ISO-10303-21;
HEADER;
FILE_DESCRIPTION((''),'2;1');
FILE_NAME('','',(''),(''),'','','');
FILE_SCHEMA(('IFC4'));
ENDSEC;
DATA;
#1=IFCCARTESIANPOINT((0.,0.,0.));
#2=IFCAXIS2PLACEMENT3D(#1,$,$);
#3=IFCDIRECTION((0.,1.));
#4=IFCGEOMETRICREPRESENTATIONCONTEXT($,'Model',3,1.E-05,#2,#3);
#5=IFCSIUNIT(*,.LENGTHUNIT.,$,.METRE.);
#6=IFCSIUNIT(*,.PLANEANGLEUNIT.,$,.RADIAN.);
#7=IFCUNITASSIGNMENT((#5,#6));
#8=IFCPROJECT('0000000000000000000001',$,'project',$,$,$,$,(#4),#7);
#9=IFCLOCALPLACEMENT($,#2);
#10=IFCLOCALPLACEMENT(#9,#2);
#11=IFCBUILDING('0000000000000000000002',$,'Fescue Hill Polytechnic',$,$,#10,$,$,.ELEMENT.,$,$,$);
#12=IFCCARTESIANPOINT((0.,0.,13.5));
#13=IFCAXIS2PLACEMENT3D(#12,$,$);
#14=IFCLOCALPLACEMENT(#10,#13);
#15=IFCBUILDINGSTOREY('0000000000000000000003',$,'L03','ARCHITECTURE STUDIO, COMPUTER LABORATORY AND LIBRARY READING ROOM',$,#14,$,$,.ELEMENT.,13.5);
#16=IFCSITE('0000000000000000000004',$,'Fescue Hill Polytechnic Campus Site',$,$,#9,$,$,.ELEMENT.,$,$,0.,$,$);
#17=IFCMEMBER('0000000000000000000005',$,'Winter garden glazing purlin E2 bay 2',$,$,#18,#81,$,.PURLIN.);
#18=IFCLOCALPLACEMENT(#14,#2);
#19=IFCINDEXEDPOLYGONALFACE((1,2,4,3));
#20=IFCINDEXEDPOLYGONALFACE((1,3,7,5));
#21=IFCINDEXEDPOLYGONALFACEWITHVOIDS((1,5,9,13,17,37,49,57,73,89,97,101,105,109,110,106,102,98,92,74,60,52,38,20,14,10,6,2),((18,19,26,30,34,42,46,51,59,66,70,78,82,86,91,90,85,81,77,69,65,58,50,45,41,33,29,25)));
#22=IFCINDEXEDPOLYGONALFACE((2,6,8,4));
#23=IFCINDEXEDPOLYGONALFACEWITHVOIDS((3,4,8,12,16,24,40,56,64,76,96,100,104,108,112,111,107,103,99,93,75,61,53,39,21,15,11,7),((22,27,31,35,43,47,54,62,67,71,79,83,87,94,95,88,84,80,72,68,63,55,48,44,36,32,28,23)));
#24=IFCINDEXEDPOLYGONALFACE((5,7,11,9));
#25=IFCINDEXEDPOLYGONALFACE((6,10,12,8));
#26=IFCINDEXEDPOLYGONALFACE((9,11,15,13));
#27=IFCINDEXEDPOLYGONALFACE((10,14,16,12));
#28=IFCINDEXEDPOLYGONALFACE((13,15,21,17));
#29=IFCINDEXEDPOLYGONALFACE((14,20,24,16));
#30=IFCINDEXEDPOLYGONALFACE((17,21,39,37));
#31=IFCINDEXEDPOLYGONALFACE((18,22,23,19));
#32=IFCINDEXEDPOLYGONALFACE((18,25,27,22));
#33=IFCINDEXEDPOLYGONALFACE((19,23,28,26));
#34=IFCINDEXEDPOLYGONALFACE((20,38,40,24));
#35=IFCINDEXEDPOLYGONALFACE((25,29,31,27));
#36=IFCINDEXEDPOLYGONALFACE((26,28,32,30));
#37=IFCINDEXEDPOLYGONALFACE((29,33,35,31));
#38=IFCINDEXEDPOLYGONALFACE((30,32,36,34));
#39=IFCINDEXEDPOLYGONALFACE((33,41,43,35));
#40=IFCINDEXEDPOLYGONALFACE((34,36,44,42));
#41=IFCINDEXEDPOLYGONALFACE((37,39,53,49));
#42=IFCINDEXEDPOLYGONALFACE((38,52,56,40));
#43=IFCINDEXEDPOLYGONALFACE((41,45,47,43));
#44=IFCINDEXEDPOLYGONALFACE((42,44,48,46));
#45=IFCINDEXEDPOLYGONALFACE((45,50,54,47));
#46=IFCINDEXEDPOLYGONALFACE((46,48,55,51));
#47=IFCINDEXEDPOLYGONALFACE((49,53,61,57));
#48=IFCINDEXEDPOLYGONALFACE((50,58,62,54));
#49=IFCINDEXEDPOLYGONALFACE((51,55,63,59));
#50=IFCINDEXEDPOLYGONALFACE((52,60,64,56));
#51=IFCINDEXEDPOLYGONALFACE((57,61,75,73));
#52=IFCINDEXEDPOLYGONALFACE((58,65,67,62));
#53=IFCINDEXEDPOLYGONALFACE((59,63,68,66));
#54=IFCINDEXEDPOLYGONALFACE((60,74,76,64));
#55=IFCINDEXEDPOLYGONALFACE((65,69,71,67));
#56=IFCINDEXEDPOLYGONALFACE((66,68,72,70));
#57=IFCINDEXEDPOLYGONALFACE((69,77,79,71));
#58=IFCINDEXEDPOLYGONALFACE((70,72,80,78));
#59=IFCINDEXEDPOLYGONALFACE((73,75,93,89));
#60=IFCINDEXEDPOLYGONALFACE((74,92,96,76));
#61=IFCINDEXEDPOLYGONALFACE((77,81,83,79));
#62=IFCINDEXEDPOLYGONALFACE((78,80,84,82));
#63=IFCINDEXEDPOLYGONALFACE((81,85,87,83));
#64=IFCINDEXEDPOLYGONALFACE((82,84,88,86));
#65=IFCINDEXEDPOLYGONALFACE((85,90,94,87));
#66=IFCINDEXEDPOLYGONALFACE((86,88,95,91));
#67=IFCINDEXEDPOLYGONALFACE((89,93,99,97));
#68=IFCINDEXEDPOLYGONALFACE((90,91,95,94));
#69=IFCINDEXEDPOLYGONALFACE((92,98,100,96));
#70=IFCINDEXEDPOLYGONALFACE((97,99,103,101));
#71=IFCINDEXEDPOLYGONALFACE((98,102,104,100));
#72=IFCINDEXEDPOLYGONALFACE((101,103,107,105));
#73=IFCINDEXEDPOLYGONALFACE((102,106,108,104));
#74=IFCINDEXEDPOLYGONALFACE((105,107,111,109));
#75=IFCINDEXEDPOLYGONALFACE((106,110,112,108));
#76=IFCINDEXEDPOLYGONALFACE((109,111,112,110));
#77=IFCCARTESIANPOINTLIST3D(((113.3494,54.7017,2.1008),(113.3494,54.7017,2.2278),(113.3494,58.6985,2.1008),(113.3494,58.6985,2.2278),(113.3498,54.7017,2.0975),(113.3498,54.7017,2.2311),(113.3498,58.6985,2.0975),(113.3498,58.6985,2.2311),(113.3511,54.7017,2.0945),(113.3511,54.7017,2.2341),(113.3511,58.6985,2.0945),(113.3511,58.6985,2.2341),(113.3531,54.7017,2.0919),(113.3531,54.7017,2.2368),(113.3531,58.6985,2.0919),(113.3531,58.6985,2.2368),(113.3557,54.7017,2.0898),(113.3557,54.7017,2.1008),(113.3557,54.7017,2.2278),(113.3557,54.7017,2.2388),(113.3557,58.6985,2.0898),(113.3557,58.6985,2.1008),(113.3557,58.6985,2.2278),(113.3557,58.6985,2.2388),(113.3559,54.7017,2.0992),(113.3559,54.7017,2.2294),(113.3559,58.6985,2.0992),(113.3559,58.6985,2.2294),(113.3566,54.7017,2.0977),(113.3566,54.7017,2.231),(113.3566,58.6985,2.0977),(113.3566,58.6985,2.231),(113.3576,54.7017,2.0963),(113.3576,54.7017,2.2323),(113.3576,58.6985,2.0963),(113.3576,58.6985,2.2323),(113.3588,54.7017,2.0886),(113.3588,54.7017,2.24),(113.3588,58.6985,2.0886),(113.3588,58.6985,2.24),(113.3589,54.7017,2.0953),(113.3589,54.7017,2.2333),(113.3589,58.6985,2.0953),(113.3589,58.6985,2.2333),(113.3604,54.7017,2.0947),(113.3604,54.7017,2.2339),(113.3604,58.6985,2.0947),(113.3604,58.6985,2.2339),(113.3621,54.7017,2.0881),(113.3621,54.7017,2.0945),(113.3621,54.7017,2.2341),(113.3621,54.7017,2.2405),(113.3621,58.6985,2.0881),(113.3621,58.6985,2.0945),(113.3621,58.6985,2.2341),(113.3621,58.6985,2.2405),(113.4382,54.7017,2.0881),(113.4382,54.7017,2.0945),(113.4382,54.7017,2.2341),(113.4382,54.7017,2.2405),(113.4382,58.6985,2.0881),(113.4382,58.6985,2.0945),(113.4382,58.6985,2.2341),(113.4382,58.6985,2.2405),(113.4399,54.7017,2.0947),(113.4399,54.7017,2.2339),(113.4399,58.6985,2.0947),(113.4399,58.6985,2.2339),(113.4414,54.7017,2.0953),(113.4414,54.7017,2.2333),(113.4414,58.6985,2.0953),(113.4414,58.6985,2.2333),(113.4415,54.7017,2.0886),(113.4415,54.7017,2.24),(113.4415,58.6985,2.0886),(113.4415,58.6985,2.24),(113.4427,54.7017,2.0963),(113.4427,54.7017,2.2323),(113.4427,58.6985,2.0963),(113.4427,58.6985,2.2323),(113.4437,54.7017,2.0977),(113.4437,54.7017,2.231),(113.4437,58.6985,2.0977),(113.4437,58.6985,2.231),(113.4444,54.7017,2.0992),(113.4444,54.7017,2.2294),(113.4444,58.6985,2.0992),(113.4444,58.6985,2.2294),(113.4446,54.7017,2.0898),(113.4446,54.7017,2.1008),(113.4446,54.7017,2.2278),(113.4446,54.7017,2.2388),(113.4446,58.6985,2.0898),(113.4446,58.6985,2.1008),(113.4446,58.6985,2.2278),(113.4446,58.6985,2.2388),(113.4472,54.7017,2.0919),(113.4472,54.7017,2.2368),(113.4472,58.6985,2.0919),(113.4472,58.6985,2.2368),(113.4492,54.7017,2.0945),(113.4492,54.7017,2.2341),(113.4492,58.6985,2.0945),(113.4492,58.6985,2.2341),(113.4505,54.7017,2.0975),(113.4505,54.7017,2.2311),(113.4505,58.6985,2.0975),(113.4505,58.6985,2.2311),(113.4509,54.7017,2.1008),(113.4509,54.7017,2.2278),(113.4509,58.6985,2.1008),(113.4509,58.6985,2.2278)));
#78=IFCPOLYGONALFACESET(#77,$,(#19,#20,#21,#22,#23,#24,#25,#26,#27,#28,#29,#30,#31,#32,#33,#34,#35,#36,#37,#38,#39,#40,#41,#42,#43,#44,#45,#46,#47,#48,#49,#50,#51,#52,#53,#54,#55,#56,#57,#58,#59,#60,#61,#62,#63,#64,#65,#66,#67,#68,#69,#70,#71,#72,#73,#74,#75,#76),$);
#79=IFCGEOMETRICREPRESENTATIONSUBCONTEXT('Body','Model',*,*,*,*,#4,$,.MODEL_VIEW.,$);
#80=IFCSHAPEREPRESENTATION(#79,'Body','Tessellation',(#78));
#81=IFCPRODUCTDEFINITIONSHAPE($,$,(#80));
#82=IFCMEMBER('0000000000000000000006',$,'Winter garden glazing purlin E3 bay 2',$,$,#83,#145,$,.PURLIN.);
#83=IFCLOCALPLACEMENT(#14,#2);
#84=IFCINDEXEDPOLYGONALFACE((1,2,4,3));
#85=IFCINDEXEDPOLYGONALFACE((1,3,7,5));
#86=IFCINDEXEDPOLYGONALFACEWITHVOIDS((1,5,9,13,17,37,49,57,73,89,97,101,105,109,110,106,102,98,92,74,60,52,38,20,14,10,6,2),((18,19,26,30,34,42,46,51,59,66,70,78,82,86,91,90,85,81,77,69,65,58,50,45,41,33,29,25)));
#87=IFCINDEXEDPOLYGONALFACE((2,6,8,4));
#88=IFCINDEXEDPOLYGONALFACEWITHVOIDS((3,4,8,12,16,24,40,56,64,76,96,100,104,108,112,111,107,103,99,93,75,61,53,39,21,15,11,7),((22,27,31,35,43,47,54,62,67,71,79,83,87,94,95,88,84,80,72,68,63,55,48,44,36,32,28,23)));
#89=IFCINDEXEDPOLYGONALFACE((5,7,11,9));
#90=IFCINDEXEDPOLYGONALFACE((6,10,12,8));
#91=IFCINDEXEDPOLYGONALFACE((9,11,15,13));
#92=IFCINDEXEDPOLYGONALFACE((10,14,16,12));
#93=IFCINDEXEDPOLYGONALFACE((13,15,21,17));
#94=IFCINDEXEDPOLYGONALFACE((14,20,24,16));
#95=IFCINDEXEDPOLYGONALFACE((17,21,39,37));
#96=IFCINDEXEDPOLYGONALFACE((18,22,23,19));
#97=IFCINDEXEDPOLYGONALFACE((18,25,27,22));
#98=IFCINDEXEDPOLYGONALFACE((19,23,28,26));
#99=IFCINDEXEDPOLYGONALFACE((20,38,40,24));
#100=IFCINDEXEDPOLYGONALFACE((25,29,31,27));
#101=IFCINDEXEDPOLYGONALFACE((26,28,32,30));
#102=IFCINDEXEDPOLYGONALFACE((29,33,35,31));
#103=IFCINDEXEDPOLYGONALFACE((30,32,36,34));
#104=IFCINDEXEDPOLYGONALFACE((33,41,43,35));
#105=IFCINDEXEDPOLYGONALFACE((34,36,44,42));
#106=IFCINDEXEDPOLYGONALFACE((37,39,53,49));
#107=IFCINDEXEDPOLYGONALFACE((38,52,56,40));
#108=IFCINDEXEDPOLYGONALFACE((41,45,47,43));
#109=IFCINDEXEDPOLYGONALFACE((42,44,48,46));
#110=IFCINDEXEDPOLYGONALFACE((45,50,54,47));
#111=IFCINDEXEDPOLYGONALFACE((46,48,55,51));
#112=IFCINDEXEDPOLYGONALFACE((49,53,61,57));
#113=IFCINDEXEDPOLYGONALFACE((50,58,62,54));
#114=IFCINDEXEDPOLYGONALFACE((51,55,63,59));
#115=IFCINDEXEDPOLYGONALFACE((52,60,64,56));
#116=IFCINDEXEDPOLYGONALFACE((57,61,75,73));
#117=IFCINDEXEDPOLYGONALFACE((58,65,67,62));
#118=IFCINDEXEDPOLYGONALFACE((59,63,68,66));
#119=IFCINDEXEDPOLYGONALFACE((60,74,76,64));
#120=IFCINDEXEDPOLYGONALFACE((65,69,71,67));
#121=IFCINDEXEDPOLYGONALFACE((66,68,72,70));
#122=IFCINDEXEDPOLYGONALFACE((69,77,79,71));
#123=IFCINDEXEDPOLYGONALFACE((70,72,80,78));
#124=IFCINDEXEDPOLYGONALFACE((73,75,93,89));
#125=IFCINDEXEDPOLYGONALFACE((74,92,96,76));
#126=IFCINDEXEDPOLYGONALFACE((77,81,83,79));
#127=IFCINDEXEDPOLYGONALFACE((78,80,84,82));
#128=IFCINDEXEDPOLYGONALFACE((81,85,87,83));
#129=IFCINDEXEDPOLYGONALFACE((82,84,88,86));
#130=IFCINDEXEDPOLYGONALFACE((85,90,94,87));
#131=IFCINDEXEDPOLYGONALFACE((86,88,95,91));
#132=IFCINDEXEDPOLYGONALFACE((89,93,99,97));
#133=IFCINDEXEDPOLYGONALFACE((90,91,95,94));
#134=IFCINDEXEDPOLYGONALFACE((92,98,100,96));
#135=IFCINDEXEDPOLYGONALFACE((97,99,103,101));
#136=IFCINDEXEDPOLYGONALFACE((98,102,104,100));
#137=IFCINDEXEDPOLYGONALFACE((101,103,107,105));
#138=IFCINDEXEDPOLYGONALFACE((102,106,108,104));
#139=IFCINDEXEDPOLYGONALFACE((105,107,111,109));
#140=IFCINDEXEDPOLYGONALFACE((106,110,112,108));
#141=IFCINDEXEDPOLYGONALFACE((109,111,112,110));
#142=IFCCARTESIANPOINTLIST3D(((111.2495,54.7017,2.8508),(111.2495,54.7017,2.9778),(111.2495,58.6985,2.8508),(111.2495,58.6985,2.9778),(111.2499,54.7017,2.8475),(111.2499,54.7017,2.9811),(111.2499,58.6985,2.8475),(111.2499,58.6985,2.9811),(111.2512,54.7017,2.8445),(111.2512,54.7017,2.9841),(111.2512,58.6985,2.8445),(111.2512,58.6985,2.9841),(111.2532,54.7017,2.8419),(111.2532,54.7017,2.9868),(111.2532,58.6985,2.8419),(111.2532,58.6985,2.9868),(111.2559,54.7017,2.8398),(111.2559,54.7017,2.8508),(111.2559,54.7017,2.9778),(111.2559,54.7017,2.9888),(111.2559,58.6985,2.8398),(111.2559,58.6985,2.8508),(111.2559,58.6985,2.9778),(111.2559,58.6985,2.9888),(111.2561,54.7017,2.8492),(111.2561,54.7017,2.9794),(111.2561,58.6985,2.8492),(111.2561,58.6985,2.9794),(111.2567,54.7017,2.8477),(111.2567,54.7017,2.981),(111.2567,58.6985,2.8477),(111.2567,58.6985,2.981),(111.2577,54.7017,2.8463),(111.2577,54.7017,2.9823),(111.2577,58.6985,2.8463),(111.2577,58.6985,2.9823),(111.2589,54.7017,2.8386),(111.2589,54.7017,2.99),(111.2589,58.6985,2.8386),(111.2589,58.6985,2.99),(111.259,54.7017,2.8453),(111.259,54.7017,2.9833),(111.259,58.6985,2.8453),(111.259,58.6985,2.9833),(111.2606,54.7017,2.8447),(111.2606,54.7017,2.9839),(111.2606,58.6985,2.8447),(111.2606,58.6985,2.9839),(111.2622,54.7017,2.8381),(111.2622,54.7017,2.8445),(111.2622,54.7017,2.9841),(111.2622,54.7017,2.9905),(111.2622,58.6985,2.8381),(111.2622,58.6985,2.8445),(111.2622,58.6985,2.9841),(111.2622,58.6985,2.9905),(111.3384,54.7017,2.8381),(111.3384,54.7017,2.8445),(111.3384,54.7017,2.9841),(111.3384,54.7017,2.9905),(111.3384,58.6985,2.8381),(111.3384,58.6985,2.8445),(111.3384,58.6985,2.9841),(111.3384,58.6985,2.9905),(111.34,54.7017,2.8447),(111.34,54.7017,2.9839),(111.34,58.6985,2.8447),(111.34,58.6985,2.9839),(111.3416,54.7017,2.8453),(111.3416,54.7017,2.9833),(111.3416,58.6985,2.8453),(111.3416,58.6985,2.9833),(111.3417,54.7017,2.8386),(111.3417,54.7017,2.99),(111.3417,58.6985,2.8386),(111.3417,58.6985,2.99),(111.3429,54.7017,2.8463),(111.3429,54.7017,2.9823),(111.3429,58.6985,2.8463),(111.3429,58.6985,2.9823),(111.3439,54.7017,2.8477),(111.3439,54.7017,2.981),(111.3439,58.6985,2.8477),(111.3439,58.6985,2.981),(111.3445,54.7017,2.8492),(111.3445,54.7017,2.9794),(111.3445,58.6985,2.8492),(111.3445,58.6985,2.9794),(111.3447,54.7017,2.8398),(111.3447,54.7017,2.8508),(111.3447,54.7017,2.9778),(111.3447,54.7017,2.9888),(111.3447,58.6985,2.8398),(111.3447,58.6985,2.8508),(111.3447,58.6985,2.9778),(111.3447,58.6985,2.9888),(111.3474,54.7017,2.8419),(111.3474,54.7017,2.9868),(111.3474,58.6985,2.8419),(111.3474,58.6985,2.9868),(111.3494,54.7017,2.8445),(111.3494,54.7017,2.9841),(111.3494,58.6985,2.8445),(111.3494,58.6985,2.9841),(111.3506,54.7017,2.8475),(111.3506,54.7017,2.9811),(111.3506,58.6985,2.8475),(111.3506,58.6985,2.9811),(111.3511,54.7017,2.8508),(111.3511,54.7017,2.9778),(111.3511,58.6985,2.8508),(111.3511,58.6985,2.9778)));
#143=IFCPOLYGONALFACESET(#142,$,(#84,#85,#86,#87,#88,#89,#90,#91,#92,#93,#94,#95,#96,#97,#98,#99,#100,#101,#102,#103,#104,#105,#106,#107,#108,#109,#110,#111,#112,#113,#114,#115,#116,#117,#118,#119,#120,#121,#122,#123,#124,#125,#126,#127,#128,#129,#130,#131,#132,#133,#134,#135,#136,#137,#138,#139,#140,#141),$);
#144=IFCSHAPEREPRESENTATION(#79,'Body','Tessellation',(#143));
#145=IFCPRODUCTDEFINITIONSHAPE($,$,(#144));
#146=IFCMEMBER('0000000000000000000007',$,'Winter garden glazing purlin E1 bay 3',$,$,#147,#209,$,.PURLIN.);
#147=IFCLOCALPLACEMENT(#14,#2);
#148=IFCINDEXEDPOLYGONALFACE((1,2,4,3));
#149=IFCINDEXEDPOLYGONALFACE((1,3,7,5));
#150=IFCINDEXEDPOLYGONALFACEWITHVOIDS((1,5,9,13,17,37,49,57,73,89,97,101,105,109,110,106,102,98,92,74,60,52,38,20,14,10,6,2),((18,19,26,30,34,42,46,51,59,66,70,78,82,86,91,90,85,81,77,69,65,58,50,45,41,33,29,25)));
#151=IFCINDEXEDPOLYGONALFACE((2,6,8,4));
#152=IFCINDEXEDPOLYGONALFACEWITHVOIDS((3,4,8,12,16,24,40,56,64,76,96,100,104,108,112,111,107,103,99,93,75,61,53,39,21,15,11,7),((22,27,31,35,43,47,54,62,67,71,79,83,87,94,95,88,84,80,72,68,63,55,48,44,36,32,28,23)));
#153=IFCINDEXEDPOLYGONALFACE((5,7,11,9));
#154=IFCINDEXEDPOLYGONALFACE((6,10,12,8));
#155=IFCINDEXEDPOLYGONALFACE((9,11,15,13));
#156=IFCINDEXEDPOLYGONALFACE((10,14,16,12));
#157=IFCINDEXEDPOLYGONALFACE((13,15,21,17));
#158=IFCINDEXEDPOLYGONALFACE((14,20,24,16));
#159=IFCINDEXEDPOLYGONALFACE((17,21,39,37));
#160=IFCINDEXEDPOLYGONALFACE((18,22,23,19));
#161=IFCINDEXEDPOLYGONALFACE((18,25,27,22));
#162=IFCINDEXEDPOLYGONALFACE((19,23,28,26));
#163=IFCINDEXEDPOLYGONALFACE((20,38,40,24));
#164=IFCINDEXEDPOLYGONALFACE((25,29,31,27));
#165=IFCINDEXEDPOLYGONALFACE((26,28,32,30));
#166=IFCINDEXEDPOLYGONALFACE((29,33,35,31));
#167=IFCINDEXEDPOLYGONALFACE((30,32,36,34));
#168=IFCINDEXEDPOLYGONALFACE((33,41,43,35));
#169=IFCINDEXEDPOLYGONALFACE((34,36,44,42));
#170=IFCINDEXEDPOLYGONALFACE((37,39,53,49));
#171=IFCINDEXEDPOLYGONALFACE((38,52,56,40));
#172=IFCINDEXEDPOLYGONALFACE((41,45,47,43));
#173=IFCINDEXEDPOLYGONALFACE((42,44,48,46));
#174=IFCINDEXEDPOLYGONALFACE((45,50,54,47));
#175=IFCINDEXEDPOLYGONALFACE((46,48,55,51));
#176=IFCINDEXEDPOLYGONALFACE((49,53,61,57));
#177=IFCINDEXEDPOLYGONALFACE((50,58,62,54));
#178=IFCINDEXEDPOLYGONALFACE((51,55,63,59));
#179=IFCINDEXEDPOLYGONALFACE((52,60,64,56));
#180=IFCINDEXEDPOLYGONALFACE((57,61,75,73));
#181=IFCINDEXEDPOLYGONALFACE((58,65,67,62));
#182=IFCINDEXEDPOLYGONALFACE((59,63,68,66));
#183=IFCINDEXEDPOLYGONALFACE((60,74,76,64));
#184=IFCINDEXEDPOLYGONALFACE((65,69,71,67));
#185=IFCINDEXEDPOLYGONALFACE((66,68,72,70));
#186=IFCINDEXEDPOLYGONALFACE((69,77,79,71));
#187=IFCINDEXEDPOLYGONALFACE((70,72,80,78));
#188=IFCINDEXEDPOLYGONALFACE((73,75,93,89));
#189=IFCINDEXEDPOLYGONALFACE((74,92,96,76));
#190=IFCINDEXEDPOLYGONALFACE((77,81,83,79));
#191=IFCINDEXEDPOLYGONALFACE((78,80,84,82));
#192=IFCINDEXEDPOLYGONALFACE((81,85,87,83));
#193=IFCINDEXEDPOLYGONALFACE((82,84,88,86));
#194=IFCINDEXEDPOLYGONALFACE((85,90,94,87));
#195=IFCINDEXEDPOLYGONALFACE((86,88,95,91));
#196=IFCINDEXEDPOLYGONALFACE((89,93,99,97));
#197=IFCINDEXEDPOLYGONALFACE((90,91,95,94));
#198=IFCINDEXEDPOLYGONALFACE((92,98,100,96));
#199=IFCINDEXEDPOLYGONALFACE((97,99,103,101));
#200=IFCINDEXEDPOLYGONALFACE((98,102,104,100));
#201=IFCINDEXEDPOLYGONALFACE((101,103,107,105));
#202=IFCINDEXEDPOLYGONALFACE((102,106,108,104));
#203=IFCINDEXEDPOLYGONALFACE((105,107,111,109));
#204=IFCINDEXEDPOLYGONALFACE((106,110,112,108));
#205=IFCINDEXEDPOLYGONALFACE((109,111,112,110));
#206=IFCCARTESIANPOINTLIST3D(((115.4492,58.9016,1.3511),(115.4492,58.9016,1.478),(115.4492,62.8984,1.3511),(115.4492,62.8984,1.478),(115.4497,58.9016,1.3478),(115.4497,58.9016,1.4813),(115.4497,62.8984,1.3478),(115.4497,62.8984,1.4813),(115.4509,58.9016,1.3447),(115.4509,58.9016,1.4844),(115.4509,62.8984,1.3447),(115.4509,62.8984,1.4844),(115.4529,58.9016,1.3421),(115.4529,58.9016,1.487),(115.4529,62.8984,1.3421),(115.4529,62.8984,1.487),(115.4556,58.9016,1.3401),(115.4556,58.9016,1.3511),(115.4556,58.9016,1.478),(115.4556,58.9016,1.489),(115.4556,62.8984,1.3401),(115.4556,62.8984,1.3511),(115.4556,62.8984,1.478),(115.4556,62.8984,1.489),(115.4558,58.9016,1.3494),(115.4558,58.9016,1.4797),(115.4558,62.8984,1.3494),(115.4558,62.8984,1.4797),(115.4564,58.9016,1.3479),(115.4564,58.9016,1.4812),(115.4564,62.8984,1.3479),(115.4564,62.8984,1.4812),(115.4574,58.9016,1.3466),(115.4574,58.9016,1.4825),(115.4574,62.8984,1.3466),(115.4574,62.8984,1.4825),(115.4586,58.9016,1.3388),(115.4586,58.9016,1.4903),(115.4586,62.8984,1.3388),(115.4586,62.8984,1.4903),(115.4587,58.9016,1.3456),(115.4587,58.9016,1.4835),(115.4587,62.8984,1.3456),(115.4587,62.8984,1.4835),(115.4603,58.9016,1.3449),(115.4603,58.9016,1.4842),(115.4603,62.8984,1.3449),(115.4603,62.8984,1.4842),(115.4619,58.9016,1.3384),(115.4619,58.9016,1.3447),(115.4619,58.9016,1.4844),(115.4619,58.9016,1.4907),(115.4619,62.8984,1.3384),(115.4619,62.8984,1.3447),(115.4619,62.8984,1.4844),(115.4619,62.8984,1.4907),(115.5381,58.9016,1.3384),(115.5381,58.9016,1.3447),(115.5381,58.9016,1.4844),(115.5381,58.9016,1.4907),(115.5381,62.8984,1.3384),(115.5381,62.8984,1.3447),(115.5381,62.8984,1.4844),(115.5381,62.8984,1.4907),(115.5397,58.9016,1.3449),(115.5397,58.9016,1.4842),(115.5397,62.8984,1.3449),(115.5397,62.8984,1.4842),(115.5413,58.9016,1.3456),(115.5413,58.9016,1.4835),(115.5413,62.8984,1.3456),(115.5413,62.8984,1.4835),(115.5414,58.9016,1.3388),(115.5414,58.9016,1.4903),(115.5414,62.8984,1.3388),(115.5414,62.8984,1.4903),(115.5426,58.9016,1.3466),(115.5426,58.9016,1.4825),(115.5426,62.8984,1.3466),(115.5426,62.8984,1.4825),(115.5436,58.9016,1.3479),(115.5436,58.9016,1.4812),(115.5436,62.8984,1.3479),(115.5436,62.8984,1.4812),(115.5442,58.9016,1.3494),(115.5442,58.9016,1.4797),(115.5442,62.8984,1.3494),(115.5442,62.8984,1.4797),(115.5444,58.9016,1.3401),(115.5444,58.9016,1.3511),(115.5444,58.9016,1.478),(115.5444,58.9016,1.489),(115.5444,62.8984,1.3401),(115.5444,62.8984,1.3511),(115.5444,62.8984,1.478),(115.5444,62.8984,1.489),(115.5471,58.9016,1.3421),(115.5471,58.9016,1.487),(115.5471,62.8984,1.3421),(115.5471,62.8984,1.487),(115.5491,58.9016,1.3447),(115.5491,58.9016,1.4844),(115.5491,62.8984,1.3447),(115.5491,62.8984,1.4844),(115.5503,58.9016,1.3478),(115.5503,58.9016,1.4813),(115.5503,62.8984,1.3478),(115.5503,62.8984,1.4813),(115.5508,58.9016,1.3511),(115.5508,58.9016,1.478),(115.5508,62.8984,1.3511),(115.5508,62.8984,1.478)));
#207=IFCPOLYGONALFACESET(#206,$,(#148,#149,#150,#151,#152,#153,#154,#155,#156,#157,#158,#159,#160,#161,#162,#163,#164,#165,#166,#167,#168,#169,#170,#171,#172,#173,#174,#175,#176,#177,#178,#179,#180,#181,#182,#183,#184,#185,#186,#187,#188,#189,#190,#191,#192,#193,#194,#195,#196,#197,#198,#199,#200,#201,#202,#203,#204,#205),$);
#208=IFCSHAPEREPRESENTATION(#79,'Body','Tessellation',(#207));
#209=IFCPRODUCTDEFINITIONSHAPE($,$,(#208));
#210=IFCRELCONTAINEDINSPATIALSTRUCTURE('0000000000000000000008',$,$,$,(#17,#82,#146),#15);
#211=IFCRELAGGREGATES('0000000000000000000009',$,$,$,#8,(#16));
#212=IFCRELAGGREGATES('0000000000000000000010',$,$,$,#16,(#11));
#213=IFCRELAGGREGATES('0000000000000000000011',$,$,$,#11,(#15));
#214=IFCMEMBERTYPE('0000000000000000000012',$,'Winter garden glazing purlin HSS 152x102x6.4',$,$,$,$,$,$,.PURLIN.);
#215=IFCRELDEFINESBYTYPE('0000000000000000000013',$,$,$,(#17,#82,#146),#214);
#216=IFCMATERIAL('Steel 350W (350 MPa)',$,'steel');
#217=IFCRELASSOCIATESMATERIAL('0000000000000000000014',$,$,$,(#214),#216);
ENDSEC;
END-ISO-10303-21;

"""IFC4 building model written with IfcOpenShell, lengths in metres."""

from ifc_helpers import new_model, si_unit, direction, frame, origin, origin_2d, place, context, subcontext, project, spatial, hollow_rectangle, extrude, material, material_profile, profile_set, type_object, element, save


model = new_model("IFC4")

# Units and contexts
model_context = context("Model", 3, precision=1e-05, world=origin(), true_north=direction((0.0, 1.0)))
body_context = subcontext(model_context, "Body", "Model", "MODEL_VIEW")
ifc_project = project(units=[si_unit("LENGTHUNIT", "METRE"), si_unit("PLANEANGLEUNIT", "RADIAN")], contexts=[model_context])

# Site, building, storey
site_placement = place(None, origin())
site = spatial("IfcSite", under=ifc_project, at=site_placement, Name="Fescue Hill Polytechnic Campus Site", CompositionType="ELEMENT", RefElevation=0.0)
building_placement = place(site_placement, origin())
building = spatial("IfcBuilding", under=site, at=building_placement, Name="Fescue Hill Polytechnic", CompositionType="ELEMENT")
storey_placement = place(building_placement, frame((0.0, 0.0, 13.5)))
storey = spatial("IfcBuildingStorey", under=building, at=storey_placement, Name="L03", Description="ARCHITECTURE STUDIO, COMPUTER LABORATORY AND LIBRARY READING ROOM", CompositionType="ELEMENT", Elevation=13.5)

# Shared definitions
ifc_material_1 = material(Name="Steel 350W (350 MPa)", Category="steel")

# Members
ifc_material_profile_1 = material_profile(ifc_material_1, hollow_rectangle(XDim=0.1016, YDim=0.1523, WallThickness=0.0063, InnerFilletRadius=0.0063, OuterFilletRadius=0.0127, at=origin_2d()), Name="Winter garden glazing purlin HSS 152x102x6.4")
ifc_profile_set_1 = profile_set([ifc_material_profile_1], Name="Steel 350W (350 MPa)")
member_type_1 = type_object("IfcMemberType", Name="Winter garden glazing purlin HSS 152x102x6.4", PredefinedType="PURLIN", material=ifc_profile_set_1)
for number, where, z_axis, x_axis, name in (
    (1, (113.4001, 54.7017, 2.1643), (0.0, 1.0, 0.0), (-1.0, 0.0, 0.0), "Winter garden glazing purlin E2 bay 2"),
    (2, (111.3003, 54.7017, 2.9143), (0.0, 1.0, 0.0), (-1.0, 0.0, 0.0), "Winter garden glazing purlin E3 bay 2"),
    (3, (115.5, 58.9016, 1.4146), (0.0, 1.0, 0.0), (-1.0, 0.0, 0.0), "Winter garden glazing purlin E1 bay 3"),
):
    element("IfcMember", number, at=place(storey_placement, frame(where, z_axis=z_axis, x_axis=x_axis)), inside=storey, type_object=member_type_1, Name=name, PredefinedType="PURLIN", context=body_context, shape_type="SweptSolid", body=[
        extrude(hollow_rectangle(XDim=0.1016, YDim=0.1523, WallThickness=0.0063, InnerFilletRadius=0.0063, OuterFilletRadius=0.0127, at=origin_2d()), origin(), (0.0, 0.0, 1.0), 3.9968),
    ])

save(model, "model.ifc")
